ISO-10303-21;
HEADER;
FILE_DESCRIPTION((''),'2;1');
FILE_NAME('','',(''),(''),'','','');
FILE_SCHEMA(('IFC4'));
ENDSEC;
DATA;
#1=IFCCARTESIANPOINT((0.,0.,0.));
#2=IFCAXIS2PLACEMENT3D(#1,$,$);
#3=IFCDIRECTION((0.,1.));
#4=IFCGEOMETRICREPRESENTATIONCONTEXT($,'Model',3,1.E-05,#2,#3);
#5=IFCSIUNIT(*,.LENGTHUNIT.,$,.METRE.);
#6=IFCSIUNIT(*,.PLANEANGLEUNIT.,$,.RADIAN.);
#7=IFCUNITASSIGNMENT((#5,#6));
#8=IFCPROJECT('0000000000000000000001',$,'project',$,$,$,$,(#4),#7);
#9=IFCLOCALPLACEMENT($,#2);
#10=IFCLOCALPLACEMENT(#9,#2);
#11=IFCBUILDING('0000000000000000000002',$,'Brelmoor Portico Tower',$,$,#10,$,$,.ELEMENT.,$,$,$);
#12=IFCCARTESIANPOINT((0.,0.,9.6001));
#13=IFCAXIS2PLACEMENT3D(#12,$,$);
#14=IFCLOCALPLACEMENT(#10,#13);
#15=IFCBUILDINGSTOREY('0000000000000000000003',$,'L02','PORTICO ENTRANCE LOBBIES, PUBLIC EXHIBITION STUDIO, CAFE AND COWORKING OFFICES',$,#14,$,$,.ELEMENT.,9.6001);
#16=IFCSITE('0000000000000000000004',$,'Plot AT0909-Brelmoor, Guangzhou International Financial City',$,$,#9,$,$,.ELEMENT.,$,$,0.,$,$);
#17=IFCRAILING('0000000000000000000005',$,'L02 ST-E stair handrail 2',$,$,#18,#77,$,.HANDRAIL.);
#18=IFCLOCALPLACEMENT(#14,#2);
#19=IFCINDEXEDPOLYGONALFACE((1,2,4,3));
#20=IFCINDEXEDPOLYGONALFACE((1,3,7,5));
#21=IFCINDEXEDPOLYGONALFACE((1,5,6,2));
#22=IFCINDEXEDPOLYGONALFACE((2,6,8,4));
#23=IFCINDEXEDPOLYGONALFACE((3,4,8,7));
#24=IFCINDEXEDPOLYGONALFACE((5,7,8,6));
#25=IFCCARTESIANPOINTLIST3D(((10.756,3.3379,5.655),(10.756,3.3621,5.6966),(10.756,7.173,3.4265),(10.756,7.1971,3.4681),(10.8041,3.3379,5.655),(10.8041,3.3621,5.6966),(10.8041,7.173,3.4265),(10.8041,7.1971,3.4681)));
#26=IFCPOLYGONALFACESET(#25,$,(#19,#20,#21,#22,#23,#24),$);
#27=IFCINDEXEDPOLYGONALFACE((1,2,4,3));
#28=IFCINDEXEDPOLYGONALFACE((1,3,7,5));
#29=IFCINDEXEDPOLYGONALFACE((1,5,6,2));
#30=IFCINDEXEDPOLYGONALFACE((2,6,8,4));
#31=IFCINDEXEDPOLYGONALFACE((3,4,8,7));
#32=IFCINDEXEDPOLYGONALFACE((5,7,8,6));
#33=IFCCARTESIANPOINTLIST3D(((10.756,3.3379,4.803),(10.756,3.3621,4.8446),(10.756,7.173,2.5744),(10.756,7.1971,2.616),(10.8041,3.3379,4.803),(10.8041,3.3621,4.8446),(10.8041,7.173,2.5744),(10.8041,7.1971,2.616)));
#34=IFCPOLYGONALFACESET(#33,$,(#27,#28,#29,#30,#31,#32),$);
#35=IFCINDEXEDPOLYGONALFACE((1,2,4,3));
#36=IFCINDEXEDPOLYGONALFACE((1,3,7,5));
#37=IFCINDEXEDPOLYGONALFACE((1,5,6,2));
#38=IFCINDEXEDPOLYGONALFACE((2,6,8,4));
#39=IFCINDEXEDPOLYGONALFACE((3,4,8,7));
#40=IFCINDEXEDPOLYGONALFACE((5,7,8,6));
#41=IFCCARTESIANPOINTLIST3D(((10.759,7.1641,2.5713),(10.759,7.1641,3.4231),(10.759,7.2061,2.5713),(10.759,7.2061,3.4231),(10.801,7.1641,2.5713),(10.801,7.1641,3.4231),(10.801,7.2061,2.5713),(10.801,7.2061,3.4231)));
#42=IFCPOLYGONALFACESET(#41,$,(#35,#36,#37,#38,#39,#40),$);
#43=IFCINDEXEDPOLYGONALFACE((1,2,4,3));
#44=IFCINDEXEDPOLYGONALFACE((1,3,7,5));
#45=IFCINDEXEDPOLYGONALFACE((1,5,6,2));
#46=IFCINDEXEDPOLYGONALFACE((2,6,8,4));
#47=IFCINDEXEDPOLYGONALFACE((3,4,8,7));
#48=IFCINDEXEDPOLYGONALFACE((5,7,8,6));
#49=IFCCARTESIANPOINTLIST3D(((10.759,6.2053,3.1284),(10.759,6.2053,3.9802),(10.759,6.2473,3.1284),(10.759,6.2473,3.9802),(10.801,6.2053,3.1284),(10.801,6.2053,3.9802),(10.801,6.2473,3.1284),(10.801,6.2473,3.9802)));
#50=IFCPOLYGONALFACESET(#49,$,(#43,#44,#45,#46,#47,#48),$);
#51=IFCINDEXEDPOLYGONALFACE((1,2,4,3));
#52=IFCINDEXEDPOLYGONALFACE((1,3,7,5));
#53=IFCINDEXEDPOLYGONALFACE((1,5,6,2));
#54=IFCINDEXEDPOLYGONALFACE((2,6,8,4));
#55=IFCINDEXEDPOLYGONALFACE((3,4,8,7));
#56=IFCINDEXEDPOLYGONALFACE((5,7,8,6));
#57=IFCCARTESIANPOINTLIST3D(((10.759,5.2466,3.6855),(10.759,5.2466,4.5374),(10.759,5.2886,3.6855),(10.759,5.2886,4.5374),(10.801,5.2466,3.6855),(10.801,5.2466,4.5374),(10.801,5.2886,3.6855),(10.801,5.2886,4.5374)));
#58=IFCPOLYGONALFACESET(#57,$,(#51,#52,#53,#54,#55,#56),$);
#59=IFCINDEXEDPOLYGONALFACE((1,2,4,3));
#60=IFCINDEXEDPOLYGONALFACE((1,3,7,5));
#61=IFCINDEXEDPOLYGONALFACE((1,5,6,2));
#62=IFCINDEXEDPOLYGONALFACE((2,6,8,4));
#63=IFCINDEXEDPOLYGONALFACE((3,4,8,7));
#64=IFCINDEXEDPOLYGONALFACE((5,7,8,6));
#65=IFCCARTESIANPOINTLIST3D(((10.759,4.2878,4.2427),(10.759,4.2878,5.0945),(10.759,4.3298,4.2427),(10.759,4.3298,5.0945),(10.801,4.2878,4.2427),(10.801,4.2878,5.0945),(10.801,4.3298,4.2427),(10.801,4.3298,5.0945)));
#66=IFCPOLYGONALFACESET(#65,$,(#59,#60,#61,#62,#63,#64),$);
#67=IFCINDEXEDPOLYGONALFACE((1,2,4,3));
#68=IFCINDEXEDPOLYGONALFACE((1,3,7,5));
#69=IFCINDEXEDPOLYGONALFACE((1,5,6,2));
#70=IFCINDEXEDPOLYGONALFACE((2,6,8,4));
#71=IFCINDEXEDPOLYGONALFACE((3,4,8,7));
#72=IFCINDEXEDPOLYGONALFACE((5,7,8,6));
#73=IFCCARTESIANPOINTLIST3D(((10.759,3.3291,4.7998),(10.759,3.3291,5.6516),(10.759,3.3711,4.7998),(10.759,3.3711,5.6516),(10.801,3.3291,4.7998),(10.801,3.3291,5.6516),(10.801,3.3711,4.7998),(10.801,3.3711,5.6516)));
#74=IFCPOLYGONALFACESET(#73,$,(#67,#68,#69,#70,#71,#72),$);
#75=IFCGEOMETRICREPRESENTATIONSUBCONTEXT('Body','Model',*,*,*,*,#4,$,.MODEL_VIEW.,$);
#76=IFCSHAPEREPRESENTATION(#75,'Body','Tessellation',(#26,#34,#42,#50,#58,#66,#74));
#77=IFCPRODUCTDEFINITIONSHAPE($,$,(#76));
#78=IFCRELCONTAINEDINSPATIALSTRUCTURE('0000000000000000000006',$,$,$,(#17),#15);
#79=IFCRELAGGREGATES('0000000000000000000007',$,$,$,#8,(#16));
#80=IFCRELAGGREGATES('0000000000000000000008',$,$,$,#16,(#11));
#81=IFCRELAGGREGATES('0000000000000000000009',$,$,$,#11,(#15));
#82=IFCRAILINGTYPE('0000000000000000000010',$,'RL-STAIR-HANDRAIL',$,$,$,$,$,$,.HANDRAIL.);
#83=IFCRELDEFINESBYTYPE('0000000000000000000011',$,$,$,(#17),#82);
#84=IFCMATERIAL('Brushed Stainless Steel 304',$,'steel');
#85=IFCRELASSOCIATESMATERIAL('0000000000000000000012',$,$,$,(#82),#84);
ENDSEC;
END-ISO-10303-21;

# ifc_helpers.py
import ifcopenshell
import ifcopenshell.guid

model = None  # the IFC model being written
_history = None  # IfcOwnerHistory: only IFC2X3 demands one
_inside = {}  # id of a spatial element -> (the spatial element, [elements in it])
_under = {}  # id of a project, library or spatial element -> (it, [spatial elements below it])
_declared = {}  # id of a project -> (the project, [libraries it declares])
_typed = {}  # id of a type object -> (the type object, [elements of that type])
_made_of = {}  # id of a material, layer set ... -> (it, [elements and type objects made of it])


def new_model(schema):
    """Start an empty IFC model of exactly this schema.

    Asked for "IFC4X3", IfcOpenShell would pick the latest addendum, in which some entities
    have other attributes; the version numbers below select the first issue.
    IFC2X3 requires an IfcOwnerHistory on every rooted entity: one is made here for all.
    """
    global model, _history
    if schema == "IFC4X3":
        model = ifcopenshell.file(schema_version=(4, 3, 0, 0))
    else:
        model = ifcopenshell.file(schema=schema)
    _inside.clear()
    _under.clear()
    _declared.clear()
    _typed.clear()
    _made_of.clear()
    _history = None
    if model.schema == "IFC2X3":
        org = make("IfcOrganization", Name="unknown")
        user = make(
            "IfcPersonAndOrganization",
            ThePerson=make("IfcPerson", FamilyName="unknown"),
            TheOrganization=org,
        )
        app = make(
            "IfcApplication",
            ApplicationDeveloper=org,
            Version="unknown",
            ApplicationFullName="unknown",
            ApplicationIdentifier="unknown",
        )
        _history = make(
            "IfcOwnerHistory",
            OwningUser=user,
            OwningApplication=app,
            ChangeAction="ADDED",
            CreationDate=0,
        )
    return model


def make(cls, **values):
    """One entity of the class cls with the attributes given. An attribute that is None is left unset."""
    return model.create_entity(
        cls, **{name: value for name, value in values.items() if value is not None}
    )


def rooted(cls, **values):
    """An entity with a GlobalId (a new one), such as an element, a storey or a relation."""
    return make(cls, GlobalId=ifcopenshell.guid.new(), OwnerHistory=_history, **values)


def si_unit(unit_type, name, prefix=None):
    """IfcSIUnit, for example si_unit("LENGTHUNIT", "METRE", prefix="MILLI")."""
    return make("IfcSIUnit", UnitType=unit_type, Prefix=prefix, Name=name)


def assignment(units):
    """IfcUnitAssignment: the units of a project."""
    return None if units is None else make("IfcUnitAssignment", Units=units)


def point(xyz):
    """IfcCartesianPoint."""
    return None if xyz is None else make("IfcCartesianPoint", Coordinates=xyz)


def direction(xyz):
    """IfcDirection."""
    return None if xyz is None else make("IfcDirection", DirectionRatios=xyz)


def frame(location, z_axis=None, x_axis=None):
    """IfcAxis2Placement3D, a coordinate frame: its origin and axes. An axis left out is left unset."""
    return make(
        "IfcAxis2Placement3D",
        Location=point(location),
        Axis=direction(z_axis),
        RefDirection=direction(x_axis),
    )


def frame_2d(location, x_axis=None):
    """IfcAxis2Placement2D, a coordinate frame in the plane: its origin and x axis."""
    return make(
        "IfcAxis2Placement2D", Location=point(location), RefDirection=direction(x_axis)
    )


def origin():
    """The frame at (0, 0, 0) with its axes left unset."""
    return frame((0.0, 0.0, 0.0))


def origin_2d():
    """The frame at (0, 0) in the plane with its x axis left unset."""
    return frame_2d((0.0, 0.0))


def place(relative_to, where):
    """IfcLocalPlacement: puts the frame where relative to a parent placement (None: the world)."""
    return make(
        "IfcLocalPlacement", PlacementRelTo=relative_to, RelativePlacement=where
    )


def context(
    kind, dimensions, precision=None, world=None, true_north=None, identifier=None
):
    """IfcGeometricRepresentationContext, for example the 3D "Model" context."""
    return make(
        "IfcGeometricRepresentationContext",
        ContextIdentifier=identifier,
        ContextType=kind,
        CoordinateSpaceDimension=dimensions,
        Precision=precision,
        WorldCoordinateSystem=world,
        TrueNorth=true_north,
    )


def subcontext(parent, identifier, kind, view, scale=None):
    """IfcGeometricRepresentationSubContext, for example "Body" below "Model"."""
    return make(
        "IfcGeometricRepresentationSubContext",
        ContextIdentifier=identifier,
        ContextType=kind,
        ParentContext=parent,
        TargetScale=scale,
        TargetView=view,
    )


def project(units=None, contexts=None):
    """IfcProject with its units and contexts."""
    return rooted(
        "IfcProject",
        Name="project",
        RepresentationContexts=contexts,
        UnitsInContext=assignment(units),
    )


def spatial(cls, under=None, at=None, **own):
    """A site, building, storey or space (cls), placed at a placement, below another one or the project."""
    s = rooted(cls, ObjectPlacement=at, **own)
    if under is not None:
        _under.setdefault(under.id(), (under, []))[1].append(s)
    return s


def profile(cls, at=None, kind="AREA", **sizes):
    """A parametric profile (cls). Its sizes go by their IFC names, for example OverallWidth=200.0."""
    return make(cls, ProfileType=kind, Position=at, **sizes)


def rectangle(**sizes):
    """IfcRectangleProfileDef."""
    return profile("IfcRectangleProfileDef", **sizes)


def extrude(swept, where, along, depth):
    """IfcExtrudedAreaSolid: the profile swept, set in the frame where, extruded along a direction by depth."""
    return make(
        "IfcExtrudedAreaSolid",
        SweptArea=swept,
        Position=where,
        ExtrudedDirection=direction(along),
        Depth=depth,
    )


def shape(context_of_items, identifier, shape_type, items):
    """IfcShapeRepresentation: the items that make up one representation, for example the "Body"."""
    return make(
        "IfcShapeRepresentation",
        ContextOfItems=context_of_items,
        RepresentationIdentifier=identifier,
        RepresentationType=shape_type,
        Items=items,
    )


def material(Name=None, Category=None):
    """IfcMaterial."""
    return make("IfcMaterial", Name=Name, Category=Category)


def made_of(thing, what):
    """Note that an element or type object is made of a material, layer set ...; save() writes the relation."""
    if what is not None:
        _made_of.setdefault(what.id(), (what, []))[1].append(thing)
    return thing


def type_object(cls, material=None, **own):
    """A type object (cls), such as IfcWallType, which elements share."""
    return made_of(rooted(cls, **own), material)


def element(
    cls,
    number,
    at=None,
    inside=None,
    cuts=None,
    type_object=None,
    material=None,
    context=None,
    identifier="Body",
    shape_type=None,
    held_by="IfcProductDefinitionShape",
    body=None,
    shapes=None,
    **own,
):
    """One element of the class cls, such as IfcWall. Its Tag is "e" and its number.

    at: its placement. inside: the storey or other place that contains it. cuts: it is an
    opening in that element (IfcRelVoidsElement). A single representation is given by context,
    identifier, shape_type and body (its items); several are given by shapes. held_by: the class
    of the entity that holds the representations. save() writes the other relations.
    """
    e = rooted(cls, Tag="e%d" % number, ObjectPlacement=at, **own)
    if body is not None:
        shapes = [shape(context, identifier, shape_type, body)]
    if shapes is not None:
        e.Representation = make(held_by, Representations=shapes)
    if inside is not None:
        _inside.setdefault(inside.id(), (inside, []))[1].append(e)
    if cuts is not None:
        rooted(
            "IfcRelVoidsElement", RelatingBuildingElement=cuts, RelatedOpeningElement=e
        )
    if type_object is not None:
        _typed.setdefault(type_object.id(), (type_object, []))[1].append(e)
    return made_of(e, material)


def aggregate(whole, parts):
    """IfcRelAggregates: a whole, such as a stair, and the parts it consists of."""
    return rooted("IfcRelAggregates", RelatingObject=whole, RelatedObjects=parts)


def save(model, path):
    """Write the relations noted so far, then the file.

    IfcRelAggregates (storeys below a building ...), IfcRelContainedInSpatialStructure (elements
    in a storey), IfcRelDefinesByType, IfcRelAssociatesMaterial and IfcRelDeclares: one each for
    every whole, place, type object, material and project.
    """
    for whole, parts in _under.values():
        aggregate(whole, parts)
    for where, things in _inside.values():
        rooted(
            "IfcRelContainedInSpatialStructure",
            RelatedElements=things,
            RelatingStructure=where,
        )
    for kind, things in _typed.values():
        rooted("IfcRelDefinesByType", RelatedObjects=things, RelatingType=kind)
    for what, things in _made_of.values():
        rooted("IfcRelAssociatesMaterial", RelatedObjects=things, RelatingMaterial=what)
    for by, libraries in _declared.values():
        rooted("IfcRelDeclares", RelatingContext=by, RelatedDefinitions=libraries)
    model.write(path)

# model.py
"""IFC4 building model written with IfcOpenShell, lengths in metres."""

from ifc_helpers import new_model, si_unit, direction, frame, origin, origin_2d, place, context, subcontext, project, spatial, rectangle, extrude, material, type_object, element, save


model = new_model("IFC4")

# Units and contexts
model_context = context("Model", 3, precision=1e-05, world=origin(), true_north=direction((0.0, 1.0)))
body_context = subcontext(model_context, "Body", "Model", "MODEL_VIEW")
ifc_project = project(units=[si_unit("LENGTHUNIT", "METRE"), si_unit("PLANEANGLEUNIT", "RADIAN")], contexts=[model_context])

# Site, building, storey
site_placement = place(None, origin())
site = spatial("IfcSite", under=ifc_project, at=site_placement, Name="Plot AT0909-Brelmoor, Guangzhou International Financial City", CompositionType="ELEMENT", RefElevation=0.0)
building_placement = place(site_placement, origin())
building = spatial("IfcBuilding", under=site, at=building_placement, Name="Brelmoor Portico Tower", CompositionType="ELEMENT")
storey_placement = place(building_placement, frame((0.0, 0.0, 9.6001)))
storey = spatial("IfcBuildingStorey", under=building, at=storey_placement, Name="L02", Description="PORTICO ENTRANCE LOBBIES, PUBLIC EXHIBITION STUDIO, CAFE AND COWORKING OFFICES", CompositionType="ELEMENT", Elevation=9.6001)

# Railing
ifc_material_1 = material(Name="Brushed Stainless Steel 304", Category="steel")
railing_type = type_object("IfcRailingType", Name="RL-STAIR-HANDRAIL", PredefinedType="HANDRAIL", material=ifc_material_1)
railing_placement = place(storey_placement, frame((10.78, 7.1851, 2.5713)))
element("IfcRailing", 1, at=railing_placement, inside=storey, type_object=railing_type, Name="L02 ST-E stair handrail 2", PredefinedType="HANDRAIL", context=body_context, shape_type="SweptSolid", body=[
    extrude(rectangle(XDim=0.0481, YDim=0.0481, at=origin_2d()), frame((0.0, 0.0, 0.876), z_axis=(0.0, -0.864616, 0.502433), x_axis=(1.0, 0.0, 0.0)), (0.0, 0.0, 1.0), 4.4355),
    extrude(rectangle(XDim=0.0481, YDim=0.0481, at=origin_2d()), frame((0.0, 0.0, 0.0239), z_axis=(0.0, -0.864616, 0.502433), x_axis=(1.0, 0.0, 0.0)), (0.0, 0.0, 1.0), 4.4355),
    extrude(rectangle(XDim=0.042, YDim=0.042, at=origin_2d()), origin(), (0.0, 0.0, 1.0), 0.8518),
    extrude(rectangle(XDim=0.042, YDim=0.042, at=origin_2d()), frame((0.0, -0.9587, 0.5571)), (0.0, 0.0, 1.0), 0.8518),
    extrude(rectangle(XDim=0.042, YDim=0.042, at=origin_2d()), frame((0.0, -1.9175, 1.1143)), (0.0, 0.0, 1.0), 0.8518),
    extrude(rectangle(XDim=0.042, YDim=0.042, at=origin_2d()), frame((0.0, -2.8762, 1.6714)), (0.0, 0.0, 1.0), 0.8518),
    extrude(rectangle(XDim=0.042, YDim=0.042, at=origin_2d()), frame((0.0, -3.835, 2.2285)), (0.0, 0.0, 1.0), 0.8518),
])

save(model, "model.ifc")
